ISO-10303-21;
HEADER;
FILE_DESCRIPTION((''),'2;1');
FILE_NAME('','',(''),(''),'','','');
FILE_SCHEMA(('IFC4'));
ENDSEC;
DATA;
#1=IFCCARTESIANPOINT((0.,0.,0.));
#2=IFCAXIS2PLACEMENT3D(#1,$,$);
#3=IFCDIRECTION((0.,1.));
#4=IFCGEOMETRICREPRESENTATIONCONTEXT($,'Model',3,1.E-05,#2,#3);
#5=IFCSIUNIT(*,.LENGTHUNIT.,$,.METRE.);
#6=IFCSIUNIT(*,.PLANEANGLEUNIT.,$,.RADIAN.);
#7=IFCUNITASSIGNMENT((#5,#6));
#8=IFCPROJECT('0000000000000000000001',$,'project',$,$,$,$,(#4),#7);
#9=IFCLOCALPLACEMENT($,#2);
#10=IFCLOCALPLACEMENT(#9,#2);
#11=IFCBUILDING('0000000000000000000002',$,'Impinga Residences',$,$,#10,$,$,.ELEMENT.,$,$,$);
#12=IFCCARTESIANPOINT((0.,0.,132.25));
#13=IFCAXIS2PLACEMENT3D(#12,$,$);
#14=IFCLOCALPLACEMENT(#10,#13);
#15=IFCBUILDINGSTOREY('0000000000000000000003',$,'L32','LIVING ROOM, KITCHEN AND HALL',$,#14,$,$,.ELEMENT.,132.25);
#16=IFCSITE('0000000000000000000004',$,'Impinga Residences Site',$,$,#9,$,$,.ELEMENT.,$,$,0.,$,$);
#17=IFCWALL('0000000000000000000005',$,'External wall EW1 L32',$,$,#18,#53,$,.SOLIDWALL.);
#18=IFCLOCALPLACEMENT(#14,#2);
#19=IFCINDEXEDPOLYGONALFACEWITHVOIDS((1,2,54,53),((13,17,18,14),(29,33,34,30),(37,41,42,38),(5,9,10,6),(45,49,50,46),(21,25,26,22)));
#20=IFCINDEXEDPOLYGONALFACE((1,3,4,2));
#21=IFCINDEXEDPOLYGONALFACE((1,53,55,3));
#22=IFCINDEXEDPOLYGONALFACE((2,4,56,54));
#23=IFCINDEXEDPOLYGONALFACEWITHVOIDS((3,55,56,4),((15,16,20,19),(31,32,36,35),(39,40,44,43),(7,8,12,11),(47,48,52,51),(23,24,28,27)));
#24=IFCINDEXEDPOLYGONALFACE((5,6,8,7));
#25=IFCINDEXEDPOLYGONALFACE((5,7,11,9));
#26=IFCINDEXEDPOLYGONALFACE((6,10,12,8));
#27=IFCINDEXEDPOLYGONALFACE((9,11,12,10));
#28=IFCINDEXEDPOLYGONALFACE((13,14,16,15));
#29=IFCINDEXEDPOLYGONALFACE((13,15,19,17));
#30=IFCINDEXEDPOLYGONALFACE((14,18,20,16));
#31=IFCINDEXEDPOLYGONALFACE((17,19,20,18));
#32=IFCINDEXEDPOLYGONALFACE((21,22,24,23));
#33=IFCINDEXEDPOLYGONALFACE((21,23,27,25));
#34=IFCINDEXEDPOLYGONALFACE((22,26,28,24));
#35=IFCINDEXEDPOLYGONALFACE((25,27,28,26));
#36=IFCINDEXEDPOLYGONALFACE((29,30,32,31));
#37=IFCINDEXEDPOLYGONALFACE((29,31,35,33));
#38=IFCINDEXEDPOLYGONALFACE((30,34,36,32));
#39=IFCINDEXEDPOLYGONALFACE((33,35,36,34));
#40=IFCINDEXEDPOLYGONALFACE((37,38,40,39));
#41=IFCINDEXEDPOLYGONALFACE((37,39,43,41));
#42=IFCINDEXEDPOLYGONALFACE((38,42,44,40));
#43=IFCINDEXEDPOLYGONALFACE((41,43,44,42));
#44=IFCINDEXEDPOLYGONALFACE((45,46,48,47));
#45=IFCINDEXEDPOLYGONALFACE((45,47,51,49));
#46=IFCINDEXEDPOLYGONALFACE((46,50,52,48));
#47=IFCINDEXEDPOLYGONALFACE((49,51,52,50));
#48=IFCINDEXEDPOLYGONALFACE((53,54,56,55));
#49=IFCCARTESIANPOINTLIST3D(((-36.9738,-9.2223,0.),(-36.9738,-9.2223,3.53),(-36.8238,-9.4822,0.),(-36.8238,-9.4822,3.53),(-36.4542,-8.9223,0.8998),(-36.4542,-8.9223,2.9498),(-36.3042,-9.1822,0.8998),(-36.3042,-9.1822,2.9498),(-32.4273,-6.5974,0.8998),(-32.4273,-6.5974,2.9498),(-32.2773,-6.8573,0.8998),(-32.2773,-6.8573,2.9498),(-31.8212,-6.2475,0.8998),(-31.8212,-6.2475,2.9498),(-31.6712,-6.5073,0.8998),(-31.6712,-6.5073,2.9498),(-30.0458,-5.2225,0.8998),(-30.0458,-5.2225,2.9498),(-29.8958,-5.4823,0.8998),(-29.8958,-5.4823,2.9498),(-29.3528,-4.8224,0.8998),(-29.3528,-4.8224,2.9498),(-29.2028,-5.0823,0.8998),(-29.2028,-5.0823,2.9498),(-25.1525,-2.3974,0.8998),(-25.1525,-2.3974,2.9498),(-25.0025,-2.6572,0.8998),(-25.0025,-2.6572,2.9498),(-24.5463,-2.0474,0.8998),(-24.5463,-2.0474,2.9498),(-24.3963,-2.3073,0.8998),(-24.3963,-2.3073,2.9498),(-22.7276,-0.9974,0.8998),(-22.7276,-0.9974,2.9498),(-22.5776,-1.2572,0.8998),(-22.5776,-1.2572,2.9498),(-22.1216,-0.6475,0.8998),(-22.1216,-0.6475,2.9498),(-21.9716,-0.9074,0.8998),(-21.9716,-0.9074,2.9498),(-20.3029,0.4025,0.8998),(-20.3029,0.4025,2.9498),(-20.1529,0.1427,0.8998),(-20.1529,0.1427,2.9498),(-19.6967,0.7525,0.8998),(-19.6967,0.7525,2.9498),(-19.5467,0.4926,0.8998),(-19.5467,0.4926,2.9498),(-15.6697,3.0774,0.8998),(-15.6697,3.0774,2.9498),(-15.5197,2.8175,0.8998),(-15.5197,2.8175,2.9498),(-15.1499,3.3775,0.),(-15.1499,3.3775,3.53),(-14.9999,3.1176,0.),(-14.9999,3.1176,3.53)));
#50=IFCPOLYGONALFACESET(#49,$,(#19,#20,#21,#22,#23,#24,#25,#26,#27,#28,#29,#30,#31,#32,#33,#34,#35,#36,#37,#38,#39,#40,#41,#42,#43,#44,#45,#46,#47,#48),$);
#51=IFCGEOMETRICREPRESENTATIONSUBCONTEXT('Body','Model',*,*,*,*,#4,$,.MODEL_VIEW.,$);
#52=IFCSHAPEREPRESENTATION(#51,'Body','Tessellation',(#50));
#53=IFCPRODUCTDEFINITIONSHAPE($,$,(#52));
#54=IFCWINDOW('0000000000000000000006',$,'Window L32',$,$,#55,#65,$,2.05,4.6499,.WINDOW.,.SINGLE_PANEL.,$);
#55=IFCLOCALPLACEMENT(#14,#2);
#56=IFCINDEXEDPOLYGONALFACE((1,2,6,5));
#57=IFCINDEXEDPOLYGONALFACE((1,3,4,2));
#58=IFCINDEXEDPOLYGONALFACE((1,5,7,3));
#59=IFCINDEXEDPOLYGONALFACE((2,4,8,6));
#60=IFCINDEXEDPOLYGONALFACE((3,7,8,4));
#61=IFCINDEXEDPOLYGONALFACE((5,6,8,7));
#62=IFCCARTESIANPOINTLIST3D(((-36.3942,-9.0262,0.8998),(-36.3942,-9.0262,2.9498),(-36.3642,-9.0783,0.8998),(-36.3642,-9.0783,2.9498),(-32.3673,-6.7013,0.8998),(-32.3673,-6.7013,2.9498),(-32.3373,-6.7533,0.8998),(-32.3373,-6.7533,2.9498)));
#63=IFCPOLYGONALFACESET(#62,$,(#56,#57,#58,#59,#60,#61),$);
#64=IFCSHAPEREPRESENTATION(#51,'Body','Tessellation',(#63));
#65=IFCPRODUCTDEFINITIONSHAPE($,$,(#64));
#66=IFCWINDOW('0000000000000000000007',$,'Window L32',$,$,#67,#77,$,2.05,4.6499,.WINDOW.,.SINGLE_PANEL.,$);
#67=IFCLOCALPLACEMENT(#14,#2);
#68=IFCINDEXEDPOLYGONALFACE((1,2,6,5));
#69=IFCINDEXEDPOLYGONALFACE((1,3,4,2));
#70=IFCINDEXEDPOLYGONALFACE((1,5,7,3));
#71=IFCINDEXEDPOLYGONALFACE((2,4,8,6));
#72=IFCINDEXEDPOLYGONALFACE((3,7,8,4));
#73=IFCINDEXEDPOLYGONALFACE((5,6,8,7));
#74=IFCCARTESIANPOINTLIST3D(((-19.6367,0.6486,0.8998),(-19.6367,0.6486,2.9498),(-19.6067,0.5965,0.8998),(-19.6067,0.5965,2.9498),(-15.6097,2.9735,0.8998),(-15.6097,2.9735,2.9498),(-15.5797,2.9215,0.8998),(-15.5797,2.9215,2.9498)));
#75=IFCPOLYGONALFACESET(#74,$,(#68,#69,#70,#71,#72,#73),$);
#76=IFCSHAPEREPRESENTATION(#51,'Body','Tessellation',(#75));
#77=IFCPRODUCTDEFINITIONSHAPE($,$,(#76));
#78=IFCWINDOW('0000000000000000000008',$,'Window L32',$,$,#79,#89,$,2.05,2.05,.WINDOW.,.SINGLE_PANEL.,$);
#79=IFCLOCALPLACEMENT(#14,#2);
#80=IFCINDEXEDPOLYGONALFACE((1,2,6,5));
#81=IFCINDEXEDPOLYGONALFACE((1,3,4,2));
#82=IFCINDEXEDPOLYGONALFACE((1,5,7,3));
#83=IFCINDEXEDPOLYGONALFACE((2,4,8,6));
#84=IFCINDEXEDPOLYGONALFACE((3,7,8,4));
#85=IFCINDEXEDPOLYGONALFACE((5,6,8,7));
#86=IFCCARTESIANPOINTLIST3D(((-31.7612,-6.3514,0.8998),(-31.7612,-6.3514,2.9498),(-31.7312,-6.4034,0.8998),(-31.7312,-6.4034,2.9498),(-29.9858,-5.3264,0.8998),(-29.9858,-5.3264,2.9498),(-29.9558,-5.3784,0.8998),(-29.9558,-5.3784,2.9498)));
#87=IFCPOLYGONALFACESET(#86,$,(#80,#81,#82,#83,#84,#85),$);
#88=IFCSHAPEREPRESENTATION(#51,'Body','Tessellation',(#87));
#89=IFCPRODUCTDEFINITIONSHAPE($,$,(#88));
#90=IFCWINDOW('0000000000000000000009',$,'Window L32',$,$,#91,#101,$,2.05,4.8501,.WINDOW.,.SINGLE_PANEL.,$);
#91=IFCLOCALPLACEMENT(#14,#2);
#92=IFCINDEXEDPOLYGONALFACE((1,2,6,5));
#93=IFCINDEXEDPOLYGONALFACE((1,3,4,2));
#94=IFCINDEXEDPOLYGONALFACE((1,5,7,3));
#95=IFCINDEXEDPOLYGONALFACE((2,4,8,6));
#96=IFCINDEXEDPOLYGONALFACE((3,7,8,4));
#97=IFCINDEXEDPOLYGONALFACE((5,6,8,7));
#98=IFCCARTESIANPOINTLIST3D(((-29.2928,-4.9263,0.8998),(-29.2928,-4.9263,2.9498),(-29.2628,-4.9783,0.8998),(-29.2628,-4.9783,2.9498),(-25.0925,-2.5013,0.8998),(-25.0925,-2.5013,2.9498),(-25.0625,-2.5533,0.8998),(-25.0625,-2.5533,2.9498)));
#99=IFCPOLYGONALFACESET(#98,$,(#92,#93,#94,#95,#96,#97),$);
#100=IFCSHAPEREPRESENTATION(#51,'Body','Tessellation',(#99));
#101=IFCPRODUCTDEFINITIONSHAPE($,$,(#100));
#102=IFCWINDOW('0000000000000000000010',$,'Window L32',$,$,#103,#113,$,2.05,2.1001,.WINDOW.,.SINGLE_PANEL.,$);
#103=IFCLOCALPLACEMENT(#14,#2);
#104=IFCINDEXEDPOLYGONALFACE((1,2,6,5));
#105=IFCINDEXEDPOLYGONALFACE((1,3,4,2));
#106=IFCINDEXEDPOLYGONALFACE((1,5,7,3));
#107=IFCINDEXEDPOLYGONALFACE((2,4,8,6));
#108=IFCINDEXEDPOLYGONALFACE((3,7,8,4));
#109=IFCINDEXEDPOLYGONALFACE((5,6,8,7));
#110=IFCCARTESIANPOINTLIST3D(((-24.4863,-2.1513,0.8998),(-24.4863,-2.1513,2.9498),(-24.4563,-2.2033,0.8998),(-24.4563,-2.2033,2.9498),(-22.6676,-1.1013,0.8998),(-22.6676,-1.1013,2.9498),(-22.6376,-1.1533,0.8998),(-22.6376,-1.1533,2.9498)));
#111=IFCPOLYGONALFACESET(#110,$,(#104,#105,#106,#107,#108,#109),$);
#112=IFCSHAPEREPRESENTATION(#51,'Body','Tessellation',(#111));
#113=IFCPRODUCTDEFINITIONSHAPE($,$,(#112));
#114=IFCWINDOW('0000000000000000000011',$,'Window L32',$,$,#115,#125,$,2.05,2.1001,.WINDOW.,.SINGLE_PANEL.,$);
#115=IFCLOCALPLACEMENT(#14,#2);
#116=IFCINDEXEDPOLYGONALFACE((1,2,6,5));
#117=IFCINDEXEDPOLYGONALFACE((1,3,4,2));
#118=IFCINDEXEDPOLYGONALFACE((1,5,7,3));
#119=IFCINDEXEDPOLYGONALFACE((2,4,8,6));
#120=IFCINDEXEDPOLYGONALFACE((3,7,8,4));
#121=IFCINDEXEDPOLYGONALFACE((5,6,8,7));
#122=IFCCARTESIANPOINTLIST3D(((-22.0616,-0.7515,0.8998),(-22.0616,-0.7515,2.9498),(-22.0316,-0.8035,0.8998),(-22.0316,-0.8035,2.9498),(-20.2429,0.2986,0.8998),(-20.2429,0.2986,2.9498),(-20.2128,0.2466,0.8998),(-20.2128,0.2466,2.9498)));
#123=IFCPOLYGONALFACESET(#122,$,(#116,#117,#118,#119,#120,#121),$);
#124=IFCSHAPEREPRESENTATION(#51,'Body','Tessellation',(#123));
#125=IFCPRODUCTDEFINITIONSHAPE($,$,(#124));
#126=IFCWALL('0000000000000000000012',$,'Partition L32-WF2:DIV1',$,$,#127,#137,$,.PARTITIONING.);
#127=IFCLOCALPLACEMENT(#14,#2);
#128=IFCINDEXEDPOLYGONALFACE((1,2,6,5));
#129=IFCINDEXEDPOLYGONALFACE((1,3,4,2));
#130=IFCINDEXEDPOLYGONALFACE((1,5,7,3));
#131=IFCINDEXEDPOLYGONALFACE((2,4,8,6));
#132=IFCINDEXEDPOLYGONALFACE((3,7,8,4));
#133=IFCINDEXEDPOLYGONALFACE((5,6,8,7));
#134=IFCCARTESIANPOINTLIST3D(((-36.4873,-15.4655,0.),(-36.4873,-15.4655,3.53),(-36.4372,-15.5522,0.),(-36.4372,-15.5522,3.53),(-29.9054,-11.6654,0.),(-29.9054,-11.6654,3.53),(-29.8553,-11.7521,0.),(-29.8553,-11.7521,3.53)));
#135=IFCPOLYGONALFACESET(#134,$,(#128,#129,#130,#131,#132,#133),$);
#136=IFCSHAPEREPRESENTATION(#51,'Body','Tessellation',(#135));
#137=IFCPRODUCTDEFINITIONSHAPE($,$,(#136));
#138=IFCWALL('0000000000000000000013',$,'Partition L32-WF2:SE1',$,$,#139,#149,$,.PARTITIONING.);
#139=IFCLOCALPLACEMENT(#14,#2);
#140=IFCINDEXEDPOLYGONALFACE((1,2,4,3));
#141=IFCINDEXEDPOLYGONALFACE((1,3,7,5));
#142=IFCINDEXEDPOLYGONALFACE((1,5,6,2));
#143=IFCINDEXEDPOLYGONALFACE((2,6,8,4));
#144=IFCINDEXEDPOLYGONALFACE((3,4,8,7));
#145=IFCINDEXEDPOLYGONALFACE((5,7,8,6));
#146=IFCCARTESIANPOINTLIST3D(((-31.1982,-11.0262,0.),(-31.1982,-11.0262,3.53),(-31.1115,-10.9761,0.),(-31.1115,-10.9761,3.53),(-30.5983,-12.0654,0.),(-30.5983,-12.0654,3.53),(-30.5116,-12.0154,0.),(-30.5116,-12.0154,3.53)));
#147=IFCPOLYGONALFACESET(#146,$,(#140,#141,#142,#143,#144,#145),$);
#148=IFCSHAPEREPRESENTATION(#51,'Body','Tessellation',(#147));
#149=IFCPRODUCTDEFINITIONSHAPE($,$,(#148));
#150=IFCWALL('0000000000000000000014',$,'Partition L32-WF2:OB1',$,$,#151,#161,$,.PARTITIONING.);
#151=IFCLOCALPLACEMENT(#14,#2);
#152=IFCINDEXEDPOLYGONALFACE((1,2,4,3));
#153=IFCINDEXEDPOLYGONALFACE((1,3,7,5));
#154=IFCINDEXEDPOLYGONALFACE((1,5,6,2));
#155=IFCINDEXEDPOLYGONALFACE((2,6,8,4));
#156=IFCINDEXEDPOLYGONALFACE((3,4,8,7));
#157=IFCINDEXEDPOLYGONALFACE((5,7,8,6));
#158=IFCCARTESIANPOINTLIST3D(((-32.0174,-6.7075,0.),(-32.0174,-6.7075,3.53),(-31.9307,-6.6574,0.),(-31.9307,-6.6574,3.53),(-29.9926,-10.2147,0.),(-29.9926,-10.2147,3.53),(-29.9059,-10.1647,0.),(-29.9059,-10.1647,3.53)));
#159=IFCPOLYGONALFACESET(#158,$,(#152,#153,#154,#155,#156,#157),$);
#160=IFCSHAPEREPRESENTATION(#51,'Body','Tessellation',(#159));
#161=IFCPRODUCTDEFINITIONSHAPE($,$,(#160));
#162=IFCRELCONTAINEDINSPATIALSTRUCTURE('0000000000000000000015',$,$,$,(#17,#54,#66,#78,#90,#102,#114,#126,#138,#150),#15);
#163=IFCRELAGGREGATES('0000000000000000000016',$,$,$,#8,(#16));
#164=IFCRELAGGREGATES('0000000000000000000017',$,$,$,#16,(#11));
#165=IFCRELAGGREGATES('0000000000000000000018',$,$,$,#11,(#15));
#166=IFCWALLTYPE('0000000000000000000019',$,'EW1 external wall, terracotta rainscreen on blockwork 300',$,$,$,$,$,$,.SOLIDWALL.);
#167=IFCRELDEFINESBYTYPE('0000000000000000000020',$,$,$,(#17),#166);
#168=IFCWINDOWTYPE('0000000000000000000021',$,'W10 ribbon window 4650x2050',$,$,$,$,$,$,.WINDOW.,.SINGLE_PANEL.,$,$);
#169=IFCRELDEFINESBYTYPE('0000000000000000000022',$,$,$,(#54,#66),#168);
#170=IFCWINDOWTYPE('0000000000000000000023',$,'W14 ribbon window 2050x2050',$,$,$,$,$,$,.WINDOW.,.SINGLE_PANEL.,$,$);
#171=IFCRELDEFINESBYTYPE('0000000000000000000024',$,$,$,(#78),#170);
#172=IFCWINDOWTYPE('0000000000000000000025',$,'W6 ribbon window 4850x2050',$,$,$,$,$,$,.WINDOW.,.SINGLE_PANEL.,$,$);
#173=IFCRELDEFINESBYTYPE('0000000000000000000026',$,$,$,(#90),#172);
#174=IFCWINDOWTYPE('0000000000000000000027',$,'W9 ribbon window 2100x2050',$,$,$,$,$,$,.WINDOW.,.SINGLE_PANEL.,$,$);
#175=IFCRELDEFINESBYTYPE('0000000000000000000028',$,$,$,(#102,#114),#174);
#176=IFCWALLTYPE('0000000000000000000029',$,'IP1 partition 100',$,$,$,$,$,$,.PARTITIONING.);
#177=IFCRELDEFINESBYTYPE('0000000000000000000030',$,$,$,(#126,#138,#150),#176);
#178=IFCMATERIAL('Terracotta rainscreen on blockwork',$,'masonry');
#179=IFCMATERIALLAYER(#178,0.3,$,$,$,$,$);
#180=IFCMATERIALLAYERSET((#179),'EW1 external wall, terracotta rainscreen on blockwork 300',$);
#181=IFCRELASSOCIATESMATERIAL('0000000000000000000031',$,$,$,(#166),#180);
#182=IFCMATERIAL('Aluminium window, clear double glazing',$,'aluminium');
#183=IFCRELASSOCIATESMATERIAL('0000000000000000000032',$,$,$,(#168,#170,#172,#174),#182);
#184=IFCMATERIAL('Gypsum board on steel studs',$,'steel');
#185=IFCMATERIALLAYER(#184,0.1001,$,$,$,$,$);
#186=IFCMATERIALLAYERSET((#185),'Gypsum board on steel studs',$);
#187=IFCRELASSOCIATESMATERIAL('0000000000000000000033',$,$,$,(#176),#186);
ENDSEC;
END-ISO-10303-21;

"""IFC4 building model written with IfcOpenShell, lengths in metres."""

from ifc_helpers import new_model, si_unit, direction, frame, frame_2d, origin, place, context, subcontext, project, spatial, rectangle, extrude, material, layer, layer_set, type_object, element, fill, save


model = new_model("IFC4")

# Units and contexts
model_context = context("Model", 3, precision=1e-05, world=origin(), true_north=direction((0.0, 1.0)))
body_context = subcontext(model_context, "Body", "Model", "MODEL_VIEW")
ifc_project = project(units=[si_unit("LENGTHUNIT", "METRE"), si_unit("PLANEANGLEUNIT", "RADIAN")], contexts=[model_context])

# Site, building, storey
site_placement = place(None, origin())
site = spatial("IfcSite", under=ifc_project, at=site_placement, Name="Impinga Residences Site", CompositionType="ELEMENT", RefElevation=0.0)
building_placement = place(site_placement, origin())
building = spatial("IfcBuilding", under=site, at=building_placement, Name="Impinga Residences", CompositionType="ELEMENT")
storey_placement = place(building_placement, frame((0.0, 0.0, 132.25)))
storey = spatial("IfcBuildingStorey", under=building, at=storey_placement, Name="L32", Description="LIVING ROOM, KITCHEN AND HALL", CompositionType="ELEMENT", Elevation=132.25)

# Shared definitions
ifc_material_1 = material(Name="Terracotta rainscreen on blockwork", Category="masonry")
ifc_layer_1 = layer(ifc_material_1, 0.3)
ifc_layer_set_1 = layer_set([ifc_layer_1], Name="EW1 external wall, terracotta rainscreen on blockwork 300")
wall_type_1 = type_object("IfcWallType", Name="EW1 external wall, terracotta rainscreen on blockwork 300", PredefinedType="SOLIDWALL", material=ifc_layer_set_1)

# Wall, openings, windows
wall_1_placement = place(storey_placement, frame((-36.8989, -9.3523, 0.0), z_axis=(0.0, 0.0, 1.0), x_axis=(0.866029, 0.499993, 0.0)))
wall_1 = element("IfcWall", 1, at=wall_1_placement, inside=storey, type_object=wall_type_1, Name="External wall EW1 L32", PredefinedType="SOLIDWALL", context=body_context, shape_type="SweptSolid", body=[
    extrude(rectangle(XDim=25.2, YDim=0.3, at=frame_2d((12.6001, 0.0))), origin(), (0.0, 0.0, 1.0), 3.53),
])
opening_1_placement = place(wall_1_placement, frame((0.6001, 0.0, 0.8999)))
opening_1 = element("IfcOpeningElement", 2, at=opening_1_placement, cuts=wall_1, PredefinedType="OPENING", context=body_context, shape_type="SweptSolid", body=[
    extrude(rectangle(XDim=4.6499, YDim=2.05, at=frame_2d((2.325, 1.0249))), frame((0.0, 0.1599, 0.0), z_axis=(0.0, -1.0, 0.0), x_axis=(1.0, 0.0, 0.0)), (0.0, 0.0, 1.0), 0.3201),
])
opening_2_placement = place(wall_1_placement, frame((5.95, 0.0, 0.8999)))
opening_2 = element("IfcOpeningElement", 3, at=opening_2_placement, cuts=wall_1, PredefinedType="OPENING", context=body_context, shape_type="SweptSolid", body=[
    extrude(rectangle(XDim=2.05, YDim=2.05, at=frame_2d((1.0249, 1.0249))), frame((0.0, 0.1599, 0.0), z_axis=(0.0, -1.0, 0.0), x_axis=(1.0, 0.0, 0.0)), (0.0, 0.0, 1.0), 0.3201),
])
opening_3_placement = place(wall_1_placement, frame((8.8, 0.0, 0.8999)))
opening_3 = element("IfcOpeningElement", 4, at=opening_3_placement, cuts=wall_1, PredefinedType="OPENING", context=body_context, shape_type="SweptSolid", body=[
    extrude(rectangle(XDim=4.8501, YDim=2.05, at=frame_2d((2.425, 1.0249))), frame((0.0, 0.1599, 0.0), z_axis=(0.0, -1.0, 0.0), x_axis=(1.0, 0.0, 0.0)), (0.0, 0.0, 1.0), 0.3201),
])
opening_4_placement = place(wall_1_placement, frame((14.3501, 0.0, 0.8999)))
opening_4 = element("IfcOpeningElement", 5, at=opening_4_placement, cuts=wall_1, PredefinedType="OPENING", context=body_context, shape_type="SweptSolid", body=[
    extrude(rectangle(XDim=2.1001, YDim=2.05, at=frame_2d((1.05, 1.0249))), frame((0.0, 0.1599, 0.0), z_axis=(0.0, -1.0, 0.0), x_axis=(1.0, 0.0, 0.0)), (0.0, 0.0, 1.0), 0.3201),
])
opening_5_placement = place(wall_1_placement, frame((17.1499, 0.0, 0.8999)))
opening_5 = element("IfcOpeningElement", 6, at=opening_5_placement, cuts=wall_1, PredefinedType="OPENING", context=body_context, shape_type="SweptSolid", body=[
    extrude(rectangle(XDim=2.1001, YDim=2.05, at=frame_2d((1.05, 1.0249))), frame((0.0, 0.1599, 0.0), z_axis=(0.0, -1.0, 0.0), x_axis=(1.0, 0.0, 0.0)), (0.0, 0.0, 1.0), 0.3201),
])
opening_6_placement = place(wall_1_placement, frame((19.95, 0.0, 0.8999)))
opening_6 = element("IfcOpeningElement", 7, at=opening_6_placement, cuts=wall_1, PredefinedType="OPENING", context=body_context, shape_type="SweptSolid", body=[
    extrude(rectangle(XDim=4.6499, YDim=2.05, at=frame_2d((2.325, 1.0249))), frame((0.0, 0.1599, 0.0), z_axis=(0.0, -1.0, 0.0), x_axis=(1.0, 0.0, 0.0)), (0.0, 0.0, 1.0), 0.3201),
])
ifc_material_2 = material(Name="Aluminium window, clear double glazing", Category="aluminium")
window_type_1 = type_object("IfcWindowType", Name="W10 ribbon window 4650x2050", PartitioningType="SINGLE_PANEL", PredefinedType="WINDOW", material=ifc_material_2)
window_1_placement = place(opening_1_placement, origin())
window_1 = element("IfcWindow", 8, at=window_1_placement, inside=storey, type_object=window_type_1, Name="Window L32", OverallHeight=2.05, OverallWidth=4.6499, PartitioningType="SINGLE_PANEL", PredefinedType="WINDOW", context=body_context, shape_type="SweptSolid", body=[
    extrude(rectangle(XDim=4.6499, YDim=2.05, at=frame_2d((2.325, 1.0249))), frame((0.0, 0.03, 0.0), z_axis=(0.0, -1.0, 0.0), x_axis=(1.0, 0.0, 0.0)), (0.0, 0.0, 1.0), 0.0601),
])
fill(opening_1, window_1)
window_2_placement = place(opening_6_placement, origin())
window_2 = element("IfcWindow", 9, at=window_2_placement, inside=storey, type_object=window_type_1, Name="Window L32", OverallHeight=2.05, OverallWidth=4.6499, PartitioningType="SINGLE_PANEL", PredefinedType="WINDOW", context=body_context, shape_type="SweptSolid", body=[
    extrude(rectangle(XDim=4.6499, YDim=2.05, at=frame_2d((2.325, 1.0249))), frame((0.0, 0.03, 0.0), z_axis=(0.0, -1.0, 0.0), x_axis=(1.0, 0.0, 0.0)), (0.0, 0.0, 1.0), 0.0601),
])
fill(opening_6, window_2)
window_type_2 = type_object("IfcWindowType", Name="W14 ribbon window 2050x2050", PartitioningType="SINGLE_PANEL", PredefinedType="WINDOW", material=ifc_material_2)
window_3_placement = place(opening_2_placement, origin())
window_3 = element("IfcWindow", 10, at=window_3_placement, inside=storey, type_object=window_type_2, Name="Window L32", OverallHeight=2.05, OverallWidth=2.05, PartitioningType="SINGLE_PANEL", PredefinedType="WINDOW", context=body_context, shape_type="SweptSolid", body=[
    extrude(rectangle(XDim=2.05, YDim=2.05, at=frame_2d((1.0249, 1.0249))), frame((0.0, 0.03, 0.0), z_axis=(0.0, -1.0, 0.0), x_axis=(1.0, 0.0, 0.0)), (0.0, 0.0, 1.0), 0.0601),
])
fill(opening_2, window_3)
window_type_3 = type_object("IfcWindowType", Name="W6 ribbon window 4850x2050", PartitioningType="SINGLE_PANEL", PredefinedType="WINDOW", material=ifc_material_2)
window_4_placement = place(opening_3_placement, origin())
window_4 = element("IfcWindow", 11, at=window_4_placement, inside=storey, type_object=window_type_3, Name="Window L32", OverallHeight=2.05, OverallWidth=4.8501, PartitioningType="SINGLE_PANEL", PredefinedType="WINDOW", context=body_context, shape_type="SweptSolid", body=[
    extrude(rectangle(XDim=4.8501, YDim=2.05, at=frame_2d((2.425, 1.0249))), frame((0.0, 0.03, 0.0), z_axis=(0.0, -1.0, 0.0), x_axis=(1.0, 0.0, 0.0)), (0.0, 0.0, 1.0), 0.0601),
])
fill(opening_3, window_4)
window_type_4 = type_object("IfcWindowType", Name="W9 ribbon window 2100x2050", PartitioningType="SINGLE_PANEL", PredefinedType="WINDOW", material=ifc_material_2)
window_5_placement = place(opening_4_placement, origin())
window_5 = element("IfcWindow", 12, at=window_5_placement, inside=storey, type_object=window_type_4, Name="Window L32", OverallHeight=2.05, OverallWidth=2.1001, PartitioningType="SINGLE_PANEL", PredefinedType="WINDOW", context=body_context, shape_type="SweptSolid", body=[
    extrude(rectangle(XDim=2.1001, YDim=2.05, at=frame_2d((1.05, 1.0249))), frame((0.0, 0.03, 0.0), z_axis=(0.0, -1.0, 0.0), x_axis=(1.0, 0.0, 0.0)), (0.0, 0.0, 1.0), 0.0601),
])
fill(opening_4, window_5)
window_6_placement = place(opening_5_placement, origin())
window_6 = element("IfcWindow", 13, at=window_6_placement, inside=storey, type_object=window_type_4, Name="Window L32", OverallHeight=2.05, OverallWidth=2.1001, PartitioningType="SINGLE_PANEL", PredefinedType="WINDOW", context=body_context, shape_type="SweptSolid", body=[
    extrude(rectangle(XDim=2.1001, YDim=2.05, at=frame_2d((1.05, 1.0249))), frame((0.0, 0.03, 0.0), z_axis=(0.0, -1.0, 0.0), x_axis=(1.0, 0.0, 0.0)), (0.0, 0.0, 1.0), 0.0601),
])
fill(opening_5, window_6)

# Walls
ifc_material_3 = material(Name="Gypsum board on steel studs", Category="steel")
ifc_layer_2 = layer(ifc_material_3, 0.1001)
ifc_layer_set_2 = layer_set([ifc_layer_2], Name="Gypsum board on steel studs")
wall_type_2 = type_object("IfcWallType", Name="IP1 partition 100", PredefinedType="PARTITIONING", material=ifc_layer_set_2)
wall_2_placement = place(storey_placement, frame((-29.8804, -11.7087, 0.0), z_axis=(0.0, 0.0, 1.0), x_axis=(-0.866022, -0.500005, 0.0)))
element("IfcWall", 14, at=wall_2_placement, inside=storey, type_object=wall_type_2, Name="Partition L32-WF2:DIV1", PredefinedType="PARTITIONING", context=body_context, shape_type="SweptSolid", body=[
    extrude(rectangle(XDim=7.6001, YDim=0.1001, at=frame_2d((3.8, 0.0))), origin(), (0.0, 0.0, 1.0), 3.53),
])
wall_3_placement = place(storey_placement, frame((-30.5549, -12.0405, 0.0), z_axis=(0.0, 0.0, 1.0), x_axis=(-0.499881, 0.866094, 0.0)))
element("IfcWall", 15, at=wall_3_placement, inside=storey, type_object=wall_type_2, Name="Partition L32-WF2:SE1", PredefinedType="PARTITIONING", context=body_context, shape_type="SweptSolid", body=[
    extrude(rectangle(XDim=1.2, YDim=0.1001, at=frame_2d((0.6001, 0.0))), origin(), (0.0, 0.0, 1.0), 3.53),
])
wall_4_placement = place(storey_placement, frame((-29.9492, -10.1897, 0.0), z_axis=(0.0, 0.0, 1.0), x_axis=(-0.49999, 0.866031, 0.0)))
element("IfcWall", 16, at=wall_4_placement, inside=storey, type_object=wall_type_2, Name="Partition L32-WF2:OB1", PredefinedType="PARTITIONING", context=body_context, shape_type="SweptSolid", body=[
    extrude(rectangle(XDim=4.0498, YDim=0.1001, at=frame_2d((2.0249, 0.0))), origin(), (0.0, 0.0, 1.0), 3.53),
])

save(model, "model.ifc")
